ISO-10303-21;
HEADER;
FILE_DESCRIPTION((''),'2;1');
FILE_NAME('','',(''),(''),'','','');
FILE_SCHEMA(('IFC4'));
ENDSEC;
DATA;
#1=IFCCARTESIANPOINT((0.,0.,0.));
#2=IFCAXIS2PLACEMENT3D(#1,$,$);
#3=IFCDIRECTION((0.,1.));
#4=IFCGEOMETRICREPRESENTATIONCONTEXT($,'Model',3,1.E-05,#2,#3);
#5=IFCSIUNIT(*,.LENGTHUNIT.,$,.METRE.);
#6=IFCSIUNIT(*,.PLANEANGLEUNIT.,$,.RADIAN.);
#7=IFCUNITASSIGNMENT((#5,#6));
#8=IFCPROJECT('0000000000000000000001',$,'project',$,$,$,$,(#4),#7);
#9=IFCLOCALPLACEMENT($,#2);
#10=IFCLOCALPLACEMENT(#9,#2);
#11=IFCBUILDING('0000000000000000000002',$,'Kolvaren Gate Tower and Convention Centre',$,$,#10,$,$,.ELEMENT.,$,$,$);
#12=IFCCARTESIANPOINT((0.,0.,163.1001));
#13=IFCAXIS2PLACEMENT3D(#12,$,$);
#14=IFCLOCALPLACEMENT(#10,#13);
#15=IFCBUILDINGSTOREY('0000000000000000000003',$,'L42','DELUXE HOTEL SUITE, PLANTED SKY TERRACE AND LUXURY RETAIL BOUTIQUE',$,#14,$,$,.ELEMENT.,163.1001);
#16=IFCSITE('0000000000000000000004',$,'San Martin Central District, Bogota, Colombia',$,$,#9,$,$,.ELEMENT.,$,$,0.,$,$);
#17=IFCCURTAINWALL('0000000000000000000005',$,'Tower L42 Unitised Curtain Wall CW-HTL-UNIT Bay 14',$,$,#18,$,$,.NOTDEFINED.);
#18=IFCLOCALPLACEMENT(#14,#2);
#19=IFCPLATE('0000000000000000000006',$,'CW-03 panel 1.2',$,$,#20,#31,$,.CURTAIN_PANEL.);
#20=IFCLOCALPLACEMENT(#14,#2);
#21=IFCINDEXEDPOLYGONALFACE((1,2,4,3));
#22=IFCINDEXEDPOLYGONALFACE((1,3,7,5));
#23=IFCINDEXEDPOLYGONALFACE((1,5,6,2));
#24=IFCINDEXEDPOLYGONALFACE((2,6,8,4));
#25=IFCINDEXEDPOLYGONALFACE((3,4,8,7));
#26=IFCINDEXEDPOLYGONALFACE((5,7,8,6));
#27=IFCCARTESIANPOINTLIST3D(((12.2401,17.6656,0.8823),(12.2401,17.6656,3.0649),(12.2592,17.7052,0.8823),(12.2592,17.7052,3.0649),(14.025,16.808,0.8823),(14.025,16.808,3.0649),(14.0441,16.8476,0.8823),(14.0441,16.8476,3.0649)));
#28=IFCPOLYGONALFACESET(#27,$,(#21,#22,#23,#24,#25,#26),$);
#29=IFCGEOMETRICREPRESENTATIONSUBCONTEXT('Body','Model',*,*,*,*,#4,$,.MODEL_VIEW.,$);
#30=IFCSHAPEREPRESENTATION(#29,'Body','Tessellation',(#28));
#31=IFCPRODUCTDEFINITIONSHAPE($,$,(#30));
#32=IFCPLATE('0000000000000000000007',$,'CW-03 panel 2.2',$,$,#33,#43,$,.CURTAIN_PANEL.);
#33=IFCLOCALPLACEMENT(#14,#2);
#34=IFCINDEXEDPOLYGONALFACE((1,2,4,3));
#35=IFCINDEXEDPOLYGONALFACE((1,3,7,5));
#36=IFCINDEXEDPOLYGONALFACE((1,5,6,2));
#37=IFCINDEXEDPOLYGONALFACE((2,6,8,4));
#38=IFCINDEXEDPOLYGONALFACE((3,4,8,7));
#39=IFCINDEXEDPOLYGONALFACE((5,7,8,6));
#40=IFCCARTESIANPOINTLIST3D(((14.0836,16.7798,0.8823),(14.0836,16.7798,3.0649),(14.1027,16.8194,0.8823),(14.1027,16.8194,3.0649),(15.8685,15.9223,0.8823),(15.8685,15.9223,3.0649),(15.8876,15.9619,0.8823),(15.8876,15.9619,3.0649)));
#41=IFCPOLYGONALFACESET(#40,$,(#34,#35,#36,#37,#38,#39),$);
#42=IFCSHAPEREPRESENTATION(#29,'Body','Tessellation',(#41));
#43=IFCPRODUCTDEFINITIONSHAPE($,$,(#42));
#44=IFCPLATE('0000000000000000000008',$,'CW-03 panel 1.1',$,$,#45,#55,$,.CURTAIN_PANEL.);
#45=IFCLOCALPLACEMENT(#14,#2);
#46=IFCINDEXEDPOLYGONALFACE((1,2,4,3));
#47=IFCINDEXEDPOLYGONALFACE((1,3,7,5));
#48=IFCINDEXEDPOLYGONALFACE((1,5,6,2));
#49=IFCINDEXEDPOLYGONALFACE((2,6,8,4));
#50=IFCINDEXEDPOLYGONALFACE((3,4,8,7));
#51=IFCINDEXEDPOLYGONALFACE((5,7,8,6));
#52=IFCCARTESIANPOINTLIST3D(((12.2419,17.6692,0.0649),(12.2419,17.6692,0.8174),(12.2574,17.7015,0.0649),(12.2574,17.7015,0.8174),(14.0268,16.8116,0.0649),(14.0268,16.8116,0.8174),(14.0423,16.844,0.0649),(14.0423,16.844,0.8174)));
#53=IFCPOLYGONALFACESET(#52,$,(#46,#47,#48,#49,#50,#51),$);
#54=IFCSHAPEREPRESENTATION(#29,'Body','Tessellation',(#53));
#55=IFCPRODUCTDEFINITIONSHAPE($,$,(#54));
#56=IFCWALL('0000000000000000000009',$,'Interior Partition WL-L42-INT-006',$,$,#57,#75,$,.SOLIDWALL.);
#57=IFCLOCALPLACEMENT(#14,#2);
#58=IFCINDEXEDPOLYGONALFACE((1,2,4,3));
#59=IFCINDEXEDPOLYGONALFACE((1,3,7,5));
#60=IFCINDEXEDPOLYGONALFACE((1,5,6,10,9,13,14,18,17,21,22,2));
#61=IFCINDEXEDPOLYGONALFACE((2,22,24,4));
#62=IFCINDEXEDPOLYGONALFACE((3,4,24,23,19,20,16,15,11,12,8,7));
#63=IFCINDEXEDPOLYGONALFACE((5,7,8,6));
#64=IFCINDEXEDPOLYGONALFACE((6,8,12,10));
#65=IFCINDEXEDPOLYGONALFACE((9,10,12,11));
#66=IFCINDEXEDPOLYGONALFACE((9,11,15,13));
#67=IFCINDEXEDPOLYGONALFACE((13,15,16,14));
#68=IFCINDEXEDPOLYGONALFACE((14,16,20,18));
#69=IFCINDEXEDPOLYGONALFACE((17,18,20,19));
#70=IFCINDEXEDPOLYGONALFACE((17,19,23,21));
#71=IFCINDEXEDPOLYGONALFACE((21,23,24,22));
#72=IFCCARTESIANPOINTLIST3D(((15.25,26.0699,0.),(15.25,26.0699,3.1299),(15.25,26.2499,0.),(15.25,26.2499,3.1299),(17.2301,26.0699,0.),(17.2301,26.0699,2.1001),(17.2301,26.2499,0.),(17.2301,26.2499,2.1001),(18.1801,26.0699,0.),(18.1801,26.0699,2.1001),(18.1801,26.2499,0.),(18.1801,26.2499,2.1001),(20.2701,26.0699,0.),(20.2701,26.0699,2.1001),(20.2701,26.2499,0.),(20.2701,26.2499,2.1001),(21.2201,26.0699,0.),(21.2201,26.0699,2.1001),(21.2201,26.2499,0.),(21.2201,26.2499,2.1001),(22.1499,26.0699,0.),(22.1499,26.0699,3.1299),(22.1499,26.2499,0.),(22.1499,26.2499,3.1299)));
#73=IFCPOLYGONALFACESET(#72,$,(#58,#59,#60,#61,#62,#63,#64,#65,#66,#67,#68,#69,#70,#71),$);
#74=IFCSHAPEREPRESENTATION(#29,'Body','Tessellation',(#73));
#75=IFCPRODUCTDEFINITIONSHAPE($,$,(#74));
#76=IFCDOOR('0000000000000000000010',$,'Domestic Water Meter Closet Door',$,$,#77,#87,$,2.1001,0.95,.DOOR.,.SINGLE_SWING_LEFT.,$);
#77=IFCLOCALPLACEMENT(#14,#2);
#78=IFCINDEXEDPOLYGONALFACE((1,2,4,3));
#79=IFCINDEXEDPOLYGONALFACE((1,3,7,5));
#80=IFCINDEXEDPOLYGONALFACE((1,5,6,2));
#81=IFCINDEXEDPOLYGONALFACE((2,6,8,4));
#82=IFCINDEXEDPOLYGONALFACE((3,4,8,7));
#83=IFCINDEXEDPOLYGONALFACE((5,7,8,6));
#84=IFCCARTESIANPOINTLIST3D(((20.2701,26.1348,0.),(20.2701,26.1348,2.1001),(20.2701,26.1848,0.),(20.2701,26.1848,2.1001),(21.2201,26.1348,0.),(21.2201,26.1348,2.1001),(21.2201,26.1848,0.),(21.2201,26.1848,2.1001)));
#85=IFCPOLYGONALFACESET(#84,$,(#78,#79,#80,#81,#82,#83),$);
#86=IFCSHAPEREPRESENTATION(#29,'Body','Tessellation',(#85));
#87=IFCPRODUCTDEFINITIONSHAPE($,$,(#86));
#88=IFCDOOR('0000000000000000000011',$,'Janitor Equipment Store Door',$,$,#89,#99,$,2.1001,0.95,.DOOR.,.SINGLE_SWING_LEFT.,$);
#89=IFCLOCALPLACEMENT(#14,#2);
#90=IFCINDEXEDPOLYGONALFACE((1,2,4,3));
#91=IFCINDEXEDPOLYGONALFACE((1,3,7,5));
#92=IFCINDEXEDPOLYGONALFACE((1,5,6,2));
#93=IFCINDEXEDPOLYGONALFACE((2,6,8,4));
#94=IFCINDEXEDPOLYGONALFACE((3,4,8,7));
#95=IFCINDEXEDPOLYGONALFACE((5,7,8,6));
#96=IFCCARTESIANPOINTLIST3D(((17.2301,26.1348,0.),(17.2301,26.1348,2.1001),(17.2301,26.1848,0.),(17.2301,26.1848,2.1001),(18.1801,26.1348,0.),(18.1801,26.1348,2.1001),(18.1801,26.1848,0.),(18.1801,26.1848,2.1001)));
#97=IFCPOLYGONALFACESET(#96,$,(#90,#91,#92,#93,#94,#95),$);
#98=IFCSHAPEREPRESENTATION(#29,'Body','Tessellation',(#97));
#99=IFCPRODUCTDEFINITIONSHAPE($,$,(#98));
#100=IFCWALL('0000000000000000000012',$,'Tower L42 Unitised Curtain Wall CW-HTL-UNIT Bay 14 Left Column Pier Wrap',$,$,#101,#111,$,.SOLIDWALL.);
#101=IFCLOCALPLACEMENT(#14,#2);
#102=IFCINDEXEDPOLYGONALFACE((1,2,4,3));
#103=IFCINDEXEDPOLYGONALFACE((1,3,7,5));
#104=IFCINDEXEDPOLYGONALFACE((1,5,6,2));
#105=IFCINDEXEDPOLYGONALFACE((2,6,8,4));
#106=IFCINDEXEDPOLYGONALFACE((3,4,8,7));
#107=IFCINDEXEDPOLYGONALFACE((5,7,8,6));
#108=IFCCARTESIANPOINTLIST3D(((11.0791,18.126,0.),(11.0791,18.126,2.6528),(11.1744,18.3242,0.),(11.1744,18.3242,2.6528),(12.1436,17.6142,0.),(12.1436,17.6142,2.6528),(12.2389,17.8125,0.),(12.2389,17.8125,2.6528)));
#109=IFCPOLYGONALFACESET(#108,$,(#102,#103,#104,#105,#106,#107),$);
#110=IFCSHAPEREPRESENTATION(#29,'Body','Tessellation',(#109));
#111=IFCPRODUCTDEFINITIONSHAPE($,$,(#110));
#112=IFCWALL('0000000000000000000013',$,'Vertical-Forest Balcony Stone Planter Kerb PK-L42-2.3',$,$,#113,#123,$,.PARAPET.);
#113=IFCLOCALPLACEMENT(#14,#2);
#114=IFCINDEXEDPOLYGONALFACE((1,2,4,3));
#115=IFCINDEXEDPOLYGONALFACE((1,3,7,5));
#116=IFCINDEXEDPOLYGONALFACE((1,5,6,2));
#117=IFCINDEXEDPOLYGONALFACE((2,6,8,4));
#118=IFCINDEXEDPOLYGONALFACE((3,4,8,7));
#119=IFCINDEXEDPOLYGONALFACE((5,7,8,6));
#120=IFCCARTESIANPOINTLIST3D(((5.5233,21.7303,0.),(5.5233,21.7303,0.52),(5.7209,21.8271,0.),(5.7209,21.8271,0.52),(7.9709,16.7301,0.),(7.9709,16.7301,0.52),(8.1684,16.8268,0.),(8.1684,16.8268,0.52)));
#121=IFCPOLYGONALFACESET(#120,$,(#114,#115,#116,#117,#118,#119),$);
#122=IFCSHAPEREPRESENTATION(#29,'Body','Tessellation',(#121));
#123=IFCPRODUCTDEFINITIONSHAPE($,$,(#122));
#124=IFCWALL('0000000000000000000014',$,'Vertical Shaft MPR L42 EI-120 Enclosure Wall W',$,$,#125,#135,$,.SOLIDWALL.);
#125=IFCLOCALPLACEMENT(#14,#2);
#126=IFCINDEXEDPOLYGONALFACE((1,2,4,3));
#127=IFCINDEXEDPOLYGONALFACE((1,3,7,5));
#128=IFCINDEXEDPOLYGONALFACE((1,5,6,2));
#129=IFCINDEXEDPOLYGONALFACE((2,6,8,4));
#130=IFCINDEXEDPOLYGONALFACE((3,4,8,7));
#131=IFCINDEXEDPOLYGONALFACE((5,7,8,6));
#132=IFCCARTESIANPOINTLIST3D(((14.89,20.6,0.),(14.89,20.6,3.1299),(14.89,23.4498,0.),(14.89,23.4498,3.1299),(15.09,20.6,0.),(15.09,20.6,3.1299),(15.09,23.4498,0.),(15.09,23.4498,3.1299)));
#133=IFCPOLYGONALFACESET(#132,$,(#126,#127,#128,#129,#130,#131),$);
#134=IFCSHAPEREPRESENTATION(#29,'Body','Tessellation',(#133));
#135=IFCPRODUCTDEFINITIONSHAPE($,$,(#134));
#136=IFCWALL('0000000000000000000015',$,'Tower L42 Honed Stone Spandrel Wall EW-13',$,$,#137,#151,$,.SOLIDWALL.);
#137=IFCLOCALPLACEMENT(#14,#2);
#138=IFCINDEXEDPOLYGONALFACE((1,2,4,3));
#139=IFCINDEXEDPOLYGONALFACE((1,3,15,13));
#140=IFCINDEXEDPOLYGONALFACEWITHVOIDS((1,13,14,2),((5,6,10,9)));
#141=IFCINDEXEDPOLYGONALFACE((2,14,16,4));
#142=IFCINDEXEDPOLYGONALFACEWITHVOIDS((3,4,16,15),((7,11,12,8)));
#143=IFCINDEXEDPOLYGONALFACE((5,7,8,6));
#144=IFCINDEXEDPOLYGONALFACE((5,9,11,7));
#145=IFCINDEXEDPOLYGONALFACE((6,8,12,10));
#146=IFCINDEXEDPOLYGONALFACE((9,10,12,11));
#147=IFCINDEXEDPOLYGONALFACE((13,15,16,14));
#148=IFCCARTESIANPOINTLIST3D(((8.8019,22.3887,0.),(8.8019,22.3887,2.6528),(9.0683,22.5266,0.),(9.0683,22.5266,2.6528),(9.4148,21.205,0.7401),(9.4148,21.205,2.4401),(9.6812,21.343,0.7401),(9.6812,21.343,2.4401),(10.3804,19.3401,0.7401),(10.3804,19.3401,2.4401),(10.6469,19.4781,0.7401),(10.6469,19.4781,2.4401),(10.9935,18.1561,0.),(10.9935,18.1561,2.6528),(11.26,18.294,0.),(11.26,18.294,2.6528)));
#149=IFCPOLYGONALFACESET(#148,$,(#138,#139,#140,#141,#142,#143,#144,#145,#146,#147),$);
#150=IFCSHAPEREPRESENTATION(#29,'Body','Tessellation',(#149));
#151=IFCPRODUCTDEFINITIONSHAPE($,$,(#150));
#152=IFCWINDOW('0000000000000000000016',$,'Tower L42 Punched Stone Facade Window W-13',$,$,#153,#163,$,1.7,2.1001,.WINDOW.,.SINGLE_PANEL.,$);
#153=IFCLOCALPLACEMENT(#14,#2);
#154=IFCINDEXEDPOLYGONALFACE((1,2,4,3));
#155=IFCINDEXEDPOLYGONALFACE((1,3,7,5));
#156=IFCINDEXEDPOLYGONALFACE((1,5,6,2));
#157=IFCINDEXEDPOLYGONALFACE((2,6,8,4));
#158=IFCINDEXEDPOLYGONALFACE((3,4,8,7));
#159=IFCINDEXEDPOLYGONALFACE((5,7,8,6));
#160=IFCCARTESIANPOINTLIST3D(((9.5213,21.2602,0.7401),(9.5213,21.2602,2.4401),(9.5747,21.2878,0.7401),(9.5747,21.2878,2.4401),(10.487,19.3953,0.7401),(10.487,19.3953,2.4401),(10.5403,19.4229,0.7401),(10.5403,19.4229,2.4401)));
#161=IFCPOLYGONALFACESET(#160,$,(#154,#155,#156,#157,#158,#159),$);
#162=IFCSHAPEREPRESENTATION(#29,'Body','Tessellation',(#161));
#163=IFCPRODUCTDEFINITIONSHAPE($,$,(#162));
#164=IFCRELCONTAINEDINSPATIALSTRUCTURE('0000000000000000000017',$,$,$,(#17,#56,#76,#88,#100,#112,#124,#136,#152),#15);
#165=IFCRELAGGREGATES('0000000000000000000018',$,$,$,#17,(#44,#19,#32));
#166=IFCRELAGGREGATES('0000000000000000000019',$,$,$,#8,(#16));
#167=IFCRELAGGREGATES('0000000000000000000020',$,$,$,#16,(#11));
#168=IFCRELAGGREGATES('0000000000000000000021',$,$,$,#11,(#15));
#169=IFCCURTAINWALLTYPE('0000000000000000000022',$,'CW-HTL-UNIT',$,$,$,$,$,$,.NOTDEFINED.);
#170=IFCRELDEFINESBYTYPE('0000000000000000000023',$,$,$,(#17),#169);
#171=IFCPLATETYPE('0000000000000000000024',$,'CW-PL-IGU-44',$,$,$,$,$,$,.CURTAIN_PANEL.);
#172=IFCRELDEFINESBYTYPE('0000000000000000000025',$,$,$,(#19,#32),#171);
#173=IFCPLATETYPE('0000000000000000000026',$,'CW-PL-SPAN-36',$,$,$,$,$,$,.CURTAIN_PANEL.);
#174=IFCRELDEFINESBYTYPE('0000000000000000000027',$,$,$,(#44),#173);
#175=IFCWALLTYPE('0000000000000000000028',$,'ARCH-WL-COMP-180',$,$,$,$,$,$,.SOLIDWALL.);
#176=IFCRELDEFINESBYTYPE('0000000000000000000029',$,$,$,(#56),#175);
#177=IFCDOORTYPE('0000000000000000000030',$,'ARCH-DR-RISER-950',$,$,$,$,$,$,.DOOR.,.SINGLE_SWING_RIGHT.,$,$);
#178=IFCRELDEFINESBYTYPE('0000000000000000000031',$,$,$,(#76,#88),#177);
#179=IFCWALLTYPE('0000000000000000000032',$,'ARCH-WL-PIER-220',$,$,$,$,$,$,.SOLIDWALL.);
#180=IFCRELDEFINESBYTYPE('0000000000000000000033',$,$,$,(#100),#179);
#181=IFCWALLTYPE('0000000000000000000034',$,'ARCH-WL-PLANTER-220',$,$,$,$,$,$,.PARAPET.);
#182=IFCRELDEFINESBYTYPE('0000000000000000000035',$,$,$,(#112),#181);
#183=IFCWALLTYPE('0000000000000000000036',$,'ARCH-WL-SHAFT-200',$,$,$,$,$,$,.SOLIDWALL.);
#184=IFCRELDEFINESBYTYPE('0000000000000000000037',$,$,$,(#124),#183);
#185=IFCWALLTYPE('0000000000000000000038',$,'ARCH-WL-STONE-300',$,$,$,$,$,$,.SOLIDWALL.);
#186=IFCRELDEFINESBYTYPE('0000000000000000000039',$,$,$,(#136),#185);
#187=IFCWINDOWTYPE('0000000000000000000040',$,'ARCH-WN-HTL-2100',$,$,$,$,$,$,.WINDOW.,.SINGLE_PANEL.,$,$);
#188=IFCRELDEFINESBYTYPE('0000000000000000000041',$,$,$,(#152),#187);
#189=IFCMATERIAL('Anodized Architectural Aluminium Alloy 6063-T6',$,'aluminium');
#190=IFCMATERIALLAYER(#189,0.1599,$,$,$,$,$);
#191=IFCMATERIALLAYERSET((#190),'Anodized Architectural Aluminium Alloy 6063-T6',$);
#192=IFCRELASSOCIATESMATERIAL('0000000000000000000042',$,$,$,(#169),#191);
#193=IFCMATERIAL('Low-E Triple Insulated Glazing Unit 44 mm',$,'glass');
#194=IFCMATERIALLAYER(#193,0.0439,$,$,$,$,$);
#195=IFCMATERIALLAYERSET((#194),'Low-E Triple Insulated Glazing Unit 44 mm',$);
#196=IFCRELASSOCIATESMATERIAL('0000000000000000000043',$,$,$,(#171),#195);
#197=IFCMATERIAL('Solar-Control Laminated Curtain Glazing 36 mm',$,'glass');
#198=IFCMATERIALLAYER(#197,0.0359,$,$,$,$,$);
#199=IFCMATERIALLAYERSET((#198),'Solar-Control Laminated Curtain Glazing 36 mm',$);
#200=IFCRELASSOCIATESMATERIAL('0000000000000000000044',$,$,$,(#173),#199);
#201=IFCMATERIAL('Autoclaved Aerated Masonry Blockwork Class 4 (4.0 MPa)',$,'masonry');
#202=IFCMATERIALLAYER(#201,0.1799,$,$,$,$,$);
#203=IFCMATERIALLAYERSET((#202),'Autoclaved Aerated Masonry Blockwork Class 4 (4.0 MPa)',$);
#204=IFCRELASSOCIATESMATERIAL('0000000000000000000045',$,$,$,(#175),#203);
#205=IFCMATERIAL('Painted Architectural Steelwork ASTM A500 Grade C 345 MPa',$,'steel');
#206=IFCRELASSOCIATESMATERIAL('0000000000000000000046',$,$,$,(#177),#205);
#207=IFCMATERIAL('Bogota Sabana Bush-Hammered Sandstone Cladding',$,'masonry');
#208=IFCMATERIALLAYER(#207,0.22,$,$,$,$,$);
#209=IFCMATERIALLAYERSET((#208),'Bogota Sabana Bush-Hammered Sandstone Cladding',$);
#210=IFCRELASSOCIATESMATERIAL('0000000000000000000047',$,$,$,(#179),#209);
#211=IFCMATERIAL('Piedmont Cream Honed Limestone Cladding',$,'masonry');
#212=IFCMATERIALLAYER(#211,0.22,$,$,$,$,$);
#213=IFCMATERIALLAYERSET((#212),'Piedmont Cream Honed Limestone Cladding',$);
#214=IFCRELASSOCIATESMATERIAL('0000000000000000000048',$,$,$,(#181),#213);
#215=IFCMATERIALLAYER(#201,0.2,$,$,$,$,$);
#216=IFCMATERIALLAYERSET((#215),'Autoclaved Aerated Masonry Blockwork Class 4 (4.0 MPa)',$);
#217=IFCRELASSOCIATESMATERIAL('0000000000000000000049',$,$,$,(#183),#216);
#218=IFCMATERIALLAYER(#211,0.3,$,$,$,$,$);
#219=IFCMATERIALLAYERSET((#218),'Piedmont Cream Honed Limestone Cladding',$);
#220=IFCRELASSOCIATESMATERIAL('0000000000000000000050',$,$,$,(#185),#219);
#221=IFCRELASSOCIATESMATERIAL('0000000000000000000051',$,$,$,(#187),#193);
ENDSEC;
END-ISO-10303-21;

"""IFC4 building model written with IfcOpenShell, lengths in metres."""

from ifc_helpers import new_model, si_unit, direction, frame, frame_2d, origin, origin_2d, place, context, subcontext, project, spatial, rectangle, extrude, material, layer, layer_set, type_object, element, fill, aggregate, save


model = new_model("IFC4")

# Units and contexts
model_context = context("Model", 3, precision=1e-05, world=origin(), true_north=direction((0.0, 1.0)))
body_context = subcontext(model_context, "Body", "Model", "MODEL_VIEW")
ifc_project = project(units=[si_unit("LENGTHUNIT", "METRE"), si_unit("PLANEANGLEUNIT", "RADIAN")], contexts=[model_context])

# Site, building, storey
site_placement = place(None, origin())
site = spatial("IfcSite", under=ifc_project, at=site_placement, Name="San Martin Central District, Bogota, Colombia", CompositionType="ELEMENT", RefElevation=0.0)
building_placement = place(site_placement, origin())
building = spatial("IfcBuilding", under=site, at=building_placement, Name="Kolvaren Gate Tower and Convention Centre", CompositionType="ELEMENT")
storey_placement = place(building_placement, frame((0.0, 0.0, 163.1001)))
storey = spatial("IfcBuildingStorey", under=building, at=storey_placement, Name="L42", Description="DELUXE HOTEL SUITE, PLANTED SKY TERRACE AND LUXURY RETAIL BOUTIQUE", CompositionType="ELEMENT", Elevation=163.1001)

# Curtain wall
ifc_material_1 = material(Name="Anodized Architectural Aluminium Alloy 6063-T6", Category="aluminium")
ifc_layer_1 = layer(ifc_material_1, 0.1599)
ifc_layer_set_1 = layer_set([ifc_layer_1], Name="Anodized Architectural Aluminium Alloy 6063-T6")
curtain_wall_type = type_object("IfcCurtainWallType", Name="CW-HTL-UNIT", PredefinedType="NOTDEFINED", material=ifc_layer_set_1)
curtain_wall_placement = place(storey_placement, origin())
curtain_wall = element("IfcCurtainWall", 1, at=curtain_wall_placement, inside=storey, type_object=curtain_wall_type, Name="Tower L42 Unitised Curtain Wall CW-HTL-UNIT Bay 14", PredefinedType="NOTDEFINED")

# Plates
ifc_material_2 = material(Name="Low-E Triple Insulated Glazing Unit 44 mm", Category="glass")
ifc_layer_2 = layer(ifc_material_2, 0.0439)
ifc_layer_set_2 = layer_set([ifc_layer_2], Name="Low-E Triple Insulated Glazing Unit 44 mm")
plate_type_1 = type_object("IfcPlateType", Name="CW-PL-IGU-44", PredefinedType="CURTAIN_PANEL", material=ifc_layer_set_2)
plate_1_placement = place(storey_placement, frame((13.1421, 17.2566, 0.8823), z_axis=(0.0, 0.0, 1.0), x_axis=(0.901363, -0.433065, 0.0)))
plate_1 = element("IfcPlate", 2, at=plate_1_placement, type_object=plate_type_1, Name="CW-03 panel 1.2", PredefinedType="CURTAIN_PANEL", context=body_context, shape_type="SweptSolid", body=[
    extrude(rectangle(XDim=1.9802, YDim=0.0439, at=origin_2d()), origin(), (0.0, 0.0, 1.0), 2.1826),
])
plate_2_placement = place(storey_placement, frame((14.9856, 16.3708, 0.8823), z_axis=(0.0, 0.0, 1.0), x_axis=(0.901363, -0.433065, 0.0)))
plate_2 = element("IfcPlate", 3, at=plate_2_placement, type_object=plate_type_1, Name="CW-03 panel 2.2", PredefinedType="CURTAIN_PANEL", context=body_context, shape_type="SweptSolid", body=[
    extrude(rectangle(XDim=1.9802, YDim=0.0439, at=origin_2d()), origin(), (0.0, 0.0, 1.0), 2.1826),
])
ifc_material_3 = material(Name="Solar-Control Laminated Curtain Glazing 36 mm", Category="glass")
ifc_layer_3 = layer(ifc_material_3, 0.0359)
ifc_layer_set_3 = layer_set([ifc_layer_3], Name="Solar-Control Laminated Curtain Glazing 36 mm")
plate_type_2 = type_object("IfcPlateType", Name="CW-PL-SPAN-36", PredefinedType="CURTAIN_PANEL", material=ifc_layer_set_3)
plate_3_placement = place(storey_placement, frame((13.1421, 17.2566, 0.0649), z_axis=(0.0, 0.0, 1.0), x_axis=(0.901363, -0.433065, 0.0)))
plate_3 = element("IfcPlate", 4, at=plate_3_placement, type_object=plate_type_2, Name="CW-03 panel 1.1", PredefinedType="CURTAIN_PANEL", context=body_context, shape_type="SweptSolid", body=[
    extrude(rectangle(XDim=1.9802, YDim=0.0359, at=origin_2d()), origin(), (0.0, 0.0, 1.0), 0.7524),
])
aggregate(curtain_wall, [plate_3, plate_1, plate_2])

# Wall, openings, doors
ifc_material_4 = material(Name="Autoclaved Aerated Masonry Blockwork Class 4 (4.0 MPa)", Category="masonry")
ifc_layer_4 = layer(ifc_material_4, 0.1799)
ifc_layer_set_4 = layer_set([ifc_layer_4], Name="Autoclaved Aerated Masonry Blockwork Class 4 (4.0 MPa)")
wall_type_1 = type_object("IfcWallType", Name="ARCH-WL-COMP-180", PredefinedType="SOLIDWALL", material=ifc_layer_set_4)
wall_1_placement = place(storey_placement, frame((15.25, 26.1599, 0.0), z_axis=(0.0, 0.0, 1.0), x_axis=(1.0, 0.0, 0.0)))
wall_1 = element("IfcWall", 5, at=wall_1_placement, inside=storey, type_object=wall_type_1, Name="Interior Partition WL-L42-INT-006", PredefinedType="SOLIDWALL", context=body_context, shape_type="SweptSolid", body=[
    extrude(rectangle(XDim=6.8999, YDim=0.1799, at=frame_2d((3.45, 0.0))), origin(), (0.0, 0.0, 1.0), 3.1299),
])
opening_1_placement = place(wall_1_placement, frame((5.02, 0.0, 0.0)))
opening_1 = element("IfcOpeningElement", 6, at=opening_1_placement, cuts=wall_1, PredefinedType="OPENING", context=body_context, shape_type="SweptSolid", body=[
    extrude(rectangle(XDim=0.95, YDim=2.1001, at=frame_2d((0.4751, 1.05))), frame((0.0, 0.0999, 0.0), z_axis=(0.0, -1.0, 0.0), x_axis=(1.0, 0.0, 0.0)), (0.0, 0.0, 1.0), 0.2),
])
opening_2_placement = place(wall_1_placement, frame((1.98, 0.0, 0.0)))
opening_2 = element("IfcOpeningElement", 7, at=opening_2_placement, cuts=wall_1, PredefinedType="OPENING", context=body_context, shape_type="SweptSolid", body=[
    extrude(rectangle(XDim=0.95, YDim=2.1001, at=frame_2d((0.4751, 1.05))), frame((0.0, 0.0999, 0.0), z_axis=(0.0, -1.0, 0.0), x_axis=(1.0, 0.0, 0.0)), (0.0, 0.0, 1.0), 0.2),
])
ifc_material_5 = material(Name="Painted Architectural Steelwork ASTM A500 Grade C 345 MPa", Category="steel")
door_type = type_object("IfcDoorType", Name="ARCH-DR-RISER-950", OperationType="SINGLE_SWING_RIGHT", PredefinedType="DOOR", material=ifc_material_5)
door_1_placement = place(opening_1_placement, origin())
door_1 = element("IfcDoor", 8, at=door_1_placement, inside=storey, type_object=door_type, Name="Domestic Water Meter Closet Door", OperationType="SINGLE_SWING_LEFT", OverallHeight=2.1001, OverallWidth=0.95, PredefinedType="DOOR", context=body_context, shape_type="SweptSolid", body=[
    extrude(rectangle(XDim=0.95, YDim=2.1001, at=frame_2d((0.4751, 1.05))), frame((0.0, 0.0249, 0.0), z_axis=(0.0, -1.0, 0.0), x_axis=(1.0, 0.0, 0.0)), (0.0, 0.0, 1.0), 0.05),
])
fill(opening_1, door_1)
door_2_placement = place(opening_2_placement, origin())
door_2 = element("IfcDoor", 9, at=door_2_placement, inside=storey, type_object=door_type, Name="Janitor Equipment Store Door", OperationType="SINGLE_SWING_LEFT", OverallHeight=2.1001, OverallWidth=0.95, PredefinedType="DOOR", context=body_context, shape_type="SweptSolid", body=[
    extrude(rectangle(XDim=0.95, YDim=2.1001, at=frame_2d((0.4751, 1.05))), frame((0.0, 0.0249, 0.0), z_axis=(0.0, -1.0, 0.0), x_axis=(1.0, 0.0, 0.0)), (0.0, 0.0, 1.0), 0.05),
])
fill(opening_2, door_2)

# Walls
ifc_material_6 = material(Name="Bogota Sabana Bush-Hammered Sandstone Cladding", Category="masonry")
ifc_layer_5 = layer(ifc_material_6, 0.22)
ifc_layer_set_5 = layer_set([ifc_layer_5], Name="Bogota Sabana Bush-Hammered Sandstone Cladding")
wall_type_2 = type_object("IfcWallType", Name="ARCH-WL-PIER-220", PredefinedType="SOLIDWALL", material=ifc_layer_set_5)
wall_2_placement = place(storey_placement, frame((11.1267, 18.2251, 0.0), z_axis=(0.0, 0.0, 1.0), x_axis=(0.901265, -0.433269, 0.0)))
element("IfcWall", 10, at=wall_2_placement, inside=storey, type_object=wall_type_2, Name="Tower L42 Unitised Curtain Wall CW-HTL-UNIT Bay 14 Left Column Pier Wrap", PredefinedType="SOLIDWALL", context=body_context, shape_type="SweptSolid", body=[
    extrude(rectangle(XDim=1.1812, YDim=0.22, at=frame_2d((0.5906, 0.0))), origin(), (0.0, 0.0, 1.0), 2.6528),
])
ifc_material_7 = material(Name="Piedmont Cream Honed Limestone Cladding", Category="masonry")
ifc_layer_6 = layer(ifc_material_7, 0.22)
ifc_layer_set_6 = layer_set([ifc_layer_6], Name="Piedmont Cream Honed Limestone Cladding")
wall_type_3 = type_object("IfcWallType", Name="ARCH-WL-PLANTER-220", PredefinedType="PARAPET", material=ifc_layer_set_6)
wall_3_placement = place(storey_placement, frame((5.6221, 21.7788, 0.0), z_axis=(0.0, 0.0, 1.0), x_axis=(0.439637, -0.898175, 0.0)))
element("IfcWall", 11, at=wall_3_placement, inside=storey, type_object=wall_type_3, Name="Vertical-Forest Balcony Stone Planter Kerb PK-L42-2.3", PredefinedType="PARAPET", context=body_context, shape_type="SweptSolid", body=[
    extrude(rectangle(XDim=5.5671, YDim=0.22, at=frame_2d((2.7837, 0.0))), origin(), (0.0, 0.0, 1.0), 0.52),
])
ifc_layer_7 = layer(ifc_material_4, 0.2)
ifc_layer_set_7 = layer_set([ifc_layer_7], Name="Autoclaved Aerated Masonry Blockwork Class 4 (4.0 MPa)")
wall_type_4 = type_object("IfcWallType", Name="ARCH-WL-SHAFT-200", PredefinedType="SOLIDWALL", material=ifc_layer_set_7)
wall_4_placement = place(storey_placement, frame((14.99, 20.6001, 0.0), z_axis=(0.0, 0.0, 1.0), x_axis=(0.0, 1.0, 0.0)))
element("IfcWall", 12, at=wall_4_placement, inside=storey, type_object=wall_type_4, Name="Vertical Shaft MPR L42 EI-120 Enclosure Wall W", PredefinedType="SOLIDWALL", context=body_context, shape_type="SweptSolid", body=[
    extrude(rectangle(XDim=2.8499, YDim=0.2, at=frame_2d((1.4248, 0.0))), origin(), (0.0, 0.0, 1.0), 3.1299),
])

# Wall, opening, window
ifc_layer_8 = layer(ifc_material_7, 0.3)
ifc_layer_set_8 = layer_set([ifc_layer_8], Name="Piedmont Cream Honed Limestone Cladding")
wall_type_5 = type_object("IfcWallType", Name="ARCH-WL-STONE-300", PredefinedType="SOLIDWALL", material=ifc_layer_set_8)
wall_5_placement = place(storey_placement, frame((8.9351, 22.4578, 0.0), z_axis=(0.0, 0.0, 1.0), x_axis=(0.45981, -0.888017, 0.0)))
wall_5 = element("IfcWall", 13, at=wall_5_placement, inside=storey, type_object=wall_type_5, Name="Tower L42 Honed Stone Spandrel Wall EW-13", PredefinedType="SOLIDWALL", context=body_context, shape_type="SweptSolid", body=[
    extrude(rectangle(XDim=4.7664, YDim=0.3, at=frame_2d((2.3833, 0.0))), origin(), (0.0, 0.0, 1.0), 2.6528),
])
opening_3_placement = place(wall_5_placement, frame((1.333, 0.0, 0.74)))
opening_3 = element("IfcOpeningElement", 14, at=opening_3_placement, cuts=wall_5, PredefinedType="OPENING", context=body_context, shape_type="SweptSolid", body=[
    extrude(rectangle(XDim=2.1001, YDim=1.7, at=frame_2d((1.05, 0.8501))), frame((0.0, 0.1599, 0.0), z_axis=(0.0, -1.0, 0.0), x_axis=(1.0, 0.0, 0.0)), (0.0, 0.0, 1.0), 0.3201),
])
window_type = type_object("IfcWindowType", Name="ARCH-WN-HTL-2100", PartitioningType="SINGLE_PANEL", PredefinedType="WINDOW", material=ifc_material_2)
window_placement = place(opening_3_placement, origin())
window = element("IfcWindow", 15, at=window_placement, inside=storey, type_object=window_type, Name="Tower L42 Punched Stone Facade Window W-13", OverallHeight=1.7, OverallWidth=2.1001, PartitioningType="SINGLE_PANEL", PredefinedType="WINDOW", context=body_context, shape_type="SweptSolid", body=[
    extrude(rectangle(XDim=2.1001, YDim=1.7, at=frame_2d((1.05, 0.8501))), frame((0.0, 0.03, 0.0), z_axis=(0.0, -1.0, 0.0), x_axis=(1.0, 0.0, 0.0)), (0.0, 0.0, 1.0), 0.0601),
])
fill(opening_3, window)

save(model, "model.ifc")
